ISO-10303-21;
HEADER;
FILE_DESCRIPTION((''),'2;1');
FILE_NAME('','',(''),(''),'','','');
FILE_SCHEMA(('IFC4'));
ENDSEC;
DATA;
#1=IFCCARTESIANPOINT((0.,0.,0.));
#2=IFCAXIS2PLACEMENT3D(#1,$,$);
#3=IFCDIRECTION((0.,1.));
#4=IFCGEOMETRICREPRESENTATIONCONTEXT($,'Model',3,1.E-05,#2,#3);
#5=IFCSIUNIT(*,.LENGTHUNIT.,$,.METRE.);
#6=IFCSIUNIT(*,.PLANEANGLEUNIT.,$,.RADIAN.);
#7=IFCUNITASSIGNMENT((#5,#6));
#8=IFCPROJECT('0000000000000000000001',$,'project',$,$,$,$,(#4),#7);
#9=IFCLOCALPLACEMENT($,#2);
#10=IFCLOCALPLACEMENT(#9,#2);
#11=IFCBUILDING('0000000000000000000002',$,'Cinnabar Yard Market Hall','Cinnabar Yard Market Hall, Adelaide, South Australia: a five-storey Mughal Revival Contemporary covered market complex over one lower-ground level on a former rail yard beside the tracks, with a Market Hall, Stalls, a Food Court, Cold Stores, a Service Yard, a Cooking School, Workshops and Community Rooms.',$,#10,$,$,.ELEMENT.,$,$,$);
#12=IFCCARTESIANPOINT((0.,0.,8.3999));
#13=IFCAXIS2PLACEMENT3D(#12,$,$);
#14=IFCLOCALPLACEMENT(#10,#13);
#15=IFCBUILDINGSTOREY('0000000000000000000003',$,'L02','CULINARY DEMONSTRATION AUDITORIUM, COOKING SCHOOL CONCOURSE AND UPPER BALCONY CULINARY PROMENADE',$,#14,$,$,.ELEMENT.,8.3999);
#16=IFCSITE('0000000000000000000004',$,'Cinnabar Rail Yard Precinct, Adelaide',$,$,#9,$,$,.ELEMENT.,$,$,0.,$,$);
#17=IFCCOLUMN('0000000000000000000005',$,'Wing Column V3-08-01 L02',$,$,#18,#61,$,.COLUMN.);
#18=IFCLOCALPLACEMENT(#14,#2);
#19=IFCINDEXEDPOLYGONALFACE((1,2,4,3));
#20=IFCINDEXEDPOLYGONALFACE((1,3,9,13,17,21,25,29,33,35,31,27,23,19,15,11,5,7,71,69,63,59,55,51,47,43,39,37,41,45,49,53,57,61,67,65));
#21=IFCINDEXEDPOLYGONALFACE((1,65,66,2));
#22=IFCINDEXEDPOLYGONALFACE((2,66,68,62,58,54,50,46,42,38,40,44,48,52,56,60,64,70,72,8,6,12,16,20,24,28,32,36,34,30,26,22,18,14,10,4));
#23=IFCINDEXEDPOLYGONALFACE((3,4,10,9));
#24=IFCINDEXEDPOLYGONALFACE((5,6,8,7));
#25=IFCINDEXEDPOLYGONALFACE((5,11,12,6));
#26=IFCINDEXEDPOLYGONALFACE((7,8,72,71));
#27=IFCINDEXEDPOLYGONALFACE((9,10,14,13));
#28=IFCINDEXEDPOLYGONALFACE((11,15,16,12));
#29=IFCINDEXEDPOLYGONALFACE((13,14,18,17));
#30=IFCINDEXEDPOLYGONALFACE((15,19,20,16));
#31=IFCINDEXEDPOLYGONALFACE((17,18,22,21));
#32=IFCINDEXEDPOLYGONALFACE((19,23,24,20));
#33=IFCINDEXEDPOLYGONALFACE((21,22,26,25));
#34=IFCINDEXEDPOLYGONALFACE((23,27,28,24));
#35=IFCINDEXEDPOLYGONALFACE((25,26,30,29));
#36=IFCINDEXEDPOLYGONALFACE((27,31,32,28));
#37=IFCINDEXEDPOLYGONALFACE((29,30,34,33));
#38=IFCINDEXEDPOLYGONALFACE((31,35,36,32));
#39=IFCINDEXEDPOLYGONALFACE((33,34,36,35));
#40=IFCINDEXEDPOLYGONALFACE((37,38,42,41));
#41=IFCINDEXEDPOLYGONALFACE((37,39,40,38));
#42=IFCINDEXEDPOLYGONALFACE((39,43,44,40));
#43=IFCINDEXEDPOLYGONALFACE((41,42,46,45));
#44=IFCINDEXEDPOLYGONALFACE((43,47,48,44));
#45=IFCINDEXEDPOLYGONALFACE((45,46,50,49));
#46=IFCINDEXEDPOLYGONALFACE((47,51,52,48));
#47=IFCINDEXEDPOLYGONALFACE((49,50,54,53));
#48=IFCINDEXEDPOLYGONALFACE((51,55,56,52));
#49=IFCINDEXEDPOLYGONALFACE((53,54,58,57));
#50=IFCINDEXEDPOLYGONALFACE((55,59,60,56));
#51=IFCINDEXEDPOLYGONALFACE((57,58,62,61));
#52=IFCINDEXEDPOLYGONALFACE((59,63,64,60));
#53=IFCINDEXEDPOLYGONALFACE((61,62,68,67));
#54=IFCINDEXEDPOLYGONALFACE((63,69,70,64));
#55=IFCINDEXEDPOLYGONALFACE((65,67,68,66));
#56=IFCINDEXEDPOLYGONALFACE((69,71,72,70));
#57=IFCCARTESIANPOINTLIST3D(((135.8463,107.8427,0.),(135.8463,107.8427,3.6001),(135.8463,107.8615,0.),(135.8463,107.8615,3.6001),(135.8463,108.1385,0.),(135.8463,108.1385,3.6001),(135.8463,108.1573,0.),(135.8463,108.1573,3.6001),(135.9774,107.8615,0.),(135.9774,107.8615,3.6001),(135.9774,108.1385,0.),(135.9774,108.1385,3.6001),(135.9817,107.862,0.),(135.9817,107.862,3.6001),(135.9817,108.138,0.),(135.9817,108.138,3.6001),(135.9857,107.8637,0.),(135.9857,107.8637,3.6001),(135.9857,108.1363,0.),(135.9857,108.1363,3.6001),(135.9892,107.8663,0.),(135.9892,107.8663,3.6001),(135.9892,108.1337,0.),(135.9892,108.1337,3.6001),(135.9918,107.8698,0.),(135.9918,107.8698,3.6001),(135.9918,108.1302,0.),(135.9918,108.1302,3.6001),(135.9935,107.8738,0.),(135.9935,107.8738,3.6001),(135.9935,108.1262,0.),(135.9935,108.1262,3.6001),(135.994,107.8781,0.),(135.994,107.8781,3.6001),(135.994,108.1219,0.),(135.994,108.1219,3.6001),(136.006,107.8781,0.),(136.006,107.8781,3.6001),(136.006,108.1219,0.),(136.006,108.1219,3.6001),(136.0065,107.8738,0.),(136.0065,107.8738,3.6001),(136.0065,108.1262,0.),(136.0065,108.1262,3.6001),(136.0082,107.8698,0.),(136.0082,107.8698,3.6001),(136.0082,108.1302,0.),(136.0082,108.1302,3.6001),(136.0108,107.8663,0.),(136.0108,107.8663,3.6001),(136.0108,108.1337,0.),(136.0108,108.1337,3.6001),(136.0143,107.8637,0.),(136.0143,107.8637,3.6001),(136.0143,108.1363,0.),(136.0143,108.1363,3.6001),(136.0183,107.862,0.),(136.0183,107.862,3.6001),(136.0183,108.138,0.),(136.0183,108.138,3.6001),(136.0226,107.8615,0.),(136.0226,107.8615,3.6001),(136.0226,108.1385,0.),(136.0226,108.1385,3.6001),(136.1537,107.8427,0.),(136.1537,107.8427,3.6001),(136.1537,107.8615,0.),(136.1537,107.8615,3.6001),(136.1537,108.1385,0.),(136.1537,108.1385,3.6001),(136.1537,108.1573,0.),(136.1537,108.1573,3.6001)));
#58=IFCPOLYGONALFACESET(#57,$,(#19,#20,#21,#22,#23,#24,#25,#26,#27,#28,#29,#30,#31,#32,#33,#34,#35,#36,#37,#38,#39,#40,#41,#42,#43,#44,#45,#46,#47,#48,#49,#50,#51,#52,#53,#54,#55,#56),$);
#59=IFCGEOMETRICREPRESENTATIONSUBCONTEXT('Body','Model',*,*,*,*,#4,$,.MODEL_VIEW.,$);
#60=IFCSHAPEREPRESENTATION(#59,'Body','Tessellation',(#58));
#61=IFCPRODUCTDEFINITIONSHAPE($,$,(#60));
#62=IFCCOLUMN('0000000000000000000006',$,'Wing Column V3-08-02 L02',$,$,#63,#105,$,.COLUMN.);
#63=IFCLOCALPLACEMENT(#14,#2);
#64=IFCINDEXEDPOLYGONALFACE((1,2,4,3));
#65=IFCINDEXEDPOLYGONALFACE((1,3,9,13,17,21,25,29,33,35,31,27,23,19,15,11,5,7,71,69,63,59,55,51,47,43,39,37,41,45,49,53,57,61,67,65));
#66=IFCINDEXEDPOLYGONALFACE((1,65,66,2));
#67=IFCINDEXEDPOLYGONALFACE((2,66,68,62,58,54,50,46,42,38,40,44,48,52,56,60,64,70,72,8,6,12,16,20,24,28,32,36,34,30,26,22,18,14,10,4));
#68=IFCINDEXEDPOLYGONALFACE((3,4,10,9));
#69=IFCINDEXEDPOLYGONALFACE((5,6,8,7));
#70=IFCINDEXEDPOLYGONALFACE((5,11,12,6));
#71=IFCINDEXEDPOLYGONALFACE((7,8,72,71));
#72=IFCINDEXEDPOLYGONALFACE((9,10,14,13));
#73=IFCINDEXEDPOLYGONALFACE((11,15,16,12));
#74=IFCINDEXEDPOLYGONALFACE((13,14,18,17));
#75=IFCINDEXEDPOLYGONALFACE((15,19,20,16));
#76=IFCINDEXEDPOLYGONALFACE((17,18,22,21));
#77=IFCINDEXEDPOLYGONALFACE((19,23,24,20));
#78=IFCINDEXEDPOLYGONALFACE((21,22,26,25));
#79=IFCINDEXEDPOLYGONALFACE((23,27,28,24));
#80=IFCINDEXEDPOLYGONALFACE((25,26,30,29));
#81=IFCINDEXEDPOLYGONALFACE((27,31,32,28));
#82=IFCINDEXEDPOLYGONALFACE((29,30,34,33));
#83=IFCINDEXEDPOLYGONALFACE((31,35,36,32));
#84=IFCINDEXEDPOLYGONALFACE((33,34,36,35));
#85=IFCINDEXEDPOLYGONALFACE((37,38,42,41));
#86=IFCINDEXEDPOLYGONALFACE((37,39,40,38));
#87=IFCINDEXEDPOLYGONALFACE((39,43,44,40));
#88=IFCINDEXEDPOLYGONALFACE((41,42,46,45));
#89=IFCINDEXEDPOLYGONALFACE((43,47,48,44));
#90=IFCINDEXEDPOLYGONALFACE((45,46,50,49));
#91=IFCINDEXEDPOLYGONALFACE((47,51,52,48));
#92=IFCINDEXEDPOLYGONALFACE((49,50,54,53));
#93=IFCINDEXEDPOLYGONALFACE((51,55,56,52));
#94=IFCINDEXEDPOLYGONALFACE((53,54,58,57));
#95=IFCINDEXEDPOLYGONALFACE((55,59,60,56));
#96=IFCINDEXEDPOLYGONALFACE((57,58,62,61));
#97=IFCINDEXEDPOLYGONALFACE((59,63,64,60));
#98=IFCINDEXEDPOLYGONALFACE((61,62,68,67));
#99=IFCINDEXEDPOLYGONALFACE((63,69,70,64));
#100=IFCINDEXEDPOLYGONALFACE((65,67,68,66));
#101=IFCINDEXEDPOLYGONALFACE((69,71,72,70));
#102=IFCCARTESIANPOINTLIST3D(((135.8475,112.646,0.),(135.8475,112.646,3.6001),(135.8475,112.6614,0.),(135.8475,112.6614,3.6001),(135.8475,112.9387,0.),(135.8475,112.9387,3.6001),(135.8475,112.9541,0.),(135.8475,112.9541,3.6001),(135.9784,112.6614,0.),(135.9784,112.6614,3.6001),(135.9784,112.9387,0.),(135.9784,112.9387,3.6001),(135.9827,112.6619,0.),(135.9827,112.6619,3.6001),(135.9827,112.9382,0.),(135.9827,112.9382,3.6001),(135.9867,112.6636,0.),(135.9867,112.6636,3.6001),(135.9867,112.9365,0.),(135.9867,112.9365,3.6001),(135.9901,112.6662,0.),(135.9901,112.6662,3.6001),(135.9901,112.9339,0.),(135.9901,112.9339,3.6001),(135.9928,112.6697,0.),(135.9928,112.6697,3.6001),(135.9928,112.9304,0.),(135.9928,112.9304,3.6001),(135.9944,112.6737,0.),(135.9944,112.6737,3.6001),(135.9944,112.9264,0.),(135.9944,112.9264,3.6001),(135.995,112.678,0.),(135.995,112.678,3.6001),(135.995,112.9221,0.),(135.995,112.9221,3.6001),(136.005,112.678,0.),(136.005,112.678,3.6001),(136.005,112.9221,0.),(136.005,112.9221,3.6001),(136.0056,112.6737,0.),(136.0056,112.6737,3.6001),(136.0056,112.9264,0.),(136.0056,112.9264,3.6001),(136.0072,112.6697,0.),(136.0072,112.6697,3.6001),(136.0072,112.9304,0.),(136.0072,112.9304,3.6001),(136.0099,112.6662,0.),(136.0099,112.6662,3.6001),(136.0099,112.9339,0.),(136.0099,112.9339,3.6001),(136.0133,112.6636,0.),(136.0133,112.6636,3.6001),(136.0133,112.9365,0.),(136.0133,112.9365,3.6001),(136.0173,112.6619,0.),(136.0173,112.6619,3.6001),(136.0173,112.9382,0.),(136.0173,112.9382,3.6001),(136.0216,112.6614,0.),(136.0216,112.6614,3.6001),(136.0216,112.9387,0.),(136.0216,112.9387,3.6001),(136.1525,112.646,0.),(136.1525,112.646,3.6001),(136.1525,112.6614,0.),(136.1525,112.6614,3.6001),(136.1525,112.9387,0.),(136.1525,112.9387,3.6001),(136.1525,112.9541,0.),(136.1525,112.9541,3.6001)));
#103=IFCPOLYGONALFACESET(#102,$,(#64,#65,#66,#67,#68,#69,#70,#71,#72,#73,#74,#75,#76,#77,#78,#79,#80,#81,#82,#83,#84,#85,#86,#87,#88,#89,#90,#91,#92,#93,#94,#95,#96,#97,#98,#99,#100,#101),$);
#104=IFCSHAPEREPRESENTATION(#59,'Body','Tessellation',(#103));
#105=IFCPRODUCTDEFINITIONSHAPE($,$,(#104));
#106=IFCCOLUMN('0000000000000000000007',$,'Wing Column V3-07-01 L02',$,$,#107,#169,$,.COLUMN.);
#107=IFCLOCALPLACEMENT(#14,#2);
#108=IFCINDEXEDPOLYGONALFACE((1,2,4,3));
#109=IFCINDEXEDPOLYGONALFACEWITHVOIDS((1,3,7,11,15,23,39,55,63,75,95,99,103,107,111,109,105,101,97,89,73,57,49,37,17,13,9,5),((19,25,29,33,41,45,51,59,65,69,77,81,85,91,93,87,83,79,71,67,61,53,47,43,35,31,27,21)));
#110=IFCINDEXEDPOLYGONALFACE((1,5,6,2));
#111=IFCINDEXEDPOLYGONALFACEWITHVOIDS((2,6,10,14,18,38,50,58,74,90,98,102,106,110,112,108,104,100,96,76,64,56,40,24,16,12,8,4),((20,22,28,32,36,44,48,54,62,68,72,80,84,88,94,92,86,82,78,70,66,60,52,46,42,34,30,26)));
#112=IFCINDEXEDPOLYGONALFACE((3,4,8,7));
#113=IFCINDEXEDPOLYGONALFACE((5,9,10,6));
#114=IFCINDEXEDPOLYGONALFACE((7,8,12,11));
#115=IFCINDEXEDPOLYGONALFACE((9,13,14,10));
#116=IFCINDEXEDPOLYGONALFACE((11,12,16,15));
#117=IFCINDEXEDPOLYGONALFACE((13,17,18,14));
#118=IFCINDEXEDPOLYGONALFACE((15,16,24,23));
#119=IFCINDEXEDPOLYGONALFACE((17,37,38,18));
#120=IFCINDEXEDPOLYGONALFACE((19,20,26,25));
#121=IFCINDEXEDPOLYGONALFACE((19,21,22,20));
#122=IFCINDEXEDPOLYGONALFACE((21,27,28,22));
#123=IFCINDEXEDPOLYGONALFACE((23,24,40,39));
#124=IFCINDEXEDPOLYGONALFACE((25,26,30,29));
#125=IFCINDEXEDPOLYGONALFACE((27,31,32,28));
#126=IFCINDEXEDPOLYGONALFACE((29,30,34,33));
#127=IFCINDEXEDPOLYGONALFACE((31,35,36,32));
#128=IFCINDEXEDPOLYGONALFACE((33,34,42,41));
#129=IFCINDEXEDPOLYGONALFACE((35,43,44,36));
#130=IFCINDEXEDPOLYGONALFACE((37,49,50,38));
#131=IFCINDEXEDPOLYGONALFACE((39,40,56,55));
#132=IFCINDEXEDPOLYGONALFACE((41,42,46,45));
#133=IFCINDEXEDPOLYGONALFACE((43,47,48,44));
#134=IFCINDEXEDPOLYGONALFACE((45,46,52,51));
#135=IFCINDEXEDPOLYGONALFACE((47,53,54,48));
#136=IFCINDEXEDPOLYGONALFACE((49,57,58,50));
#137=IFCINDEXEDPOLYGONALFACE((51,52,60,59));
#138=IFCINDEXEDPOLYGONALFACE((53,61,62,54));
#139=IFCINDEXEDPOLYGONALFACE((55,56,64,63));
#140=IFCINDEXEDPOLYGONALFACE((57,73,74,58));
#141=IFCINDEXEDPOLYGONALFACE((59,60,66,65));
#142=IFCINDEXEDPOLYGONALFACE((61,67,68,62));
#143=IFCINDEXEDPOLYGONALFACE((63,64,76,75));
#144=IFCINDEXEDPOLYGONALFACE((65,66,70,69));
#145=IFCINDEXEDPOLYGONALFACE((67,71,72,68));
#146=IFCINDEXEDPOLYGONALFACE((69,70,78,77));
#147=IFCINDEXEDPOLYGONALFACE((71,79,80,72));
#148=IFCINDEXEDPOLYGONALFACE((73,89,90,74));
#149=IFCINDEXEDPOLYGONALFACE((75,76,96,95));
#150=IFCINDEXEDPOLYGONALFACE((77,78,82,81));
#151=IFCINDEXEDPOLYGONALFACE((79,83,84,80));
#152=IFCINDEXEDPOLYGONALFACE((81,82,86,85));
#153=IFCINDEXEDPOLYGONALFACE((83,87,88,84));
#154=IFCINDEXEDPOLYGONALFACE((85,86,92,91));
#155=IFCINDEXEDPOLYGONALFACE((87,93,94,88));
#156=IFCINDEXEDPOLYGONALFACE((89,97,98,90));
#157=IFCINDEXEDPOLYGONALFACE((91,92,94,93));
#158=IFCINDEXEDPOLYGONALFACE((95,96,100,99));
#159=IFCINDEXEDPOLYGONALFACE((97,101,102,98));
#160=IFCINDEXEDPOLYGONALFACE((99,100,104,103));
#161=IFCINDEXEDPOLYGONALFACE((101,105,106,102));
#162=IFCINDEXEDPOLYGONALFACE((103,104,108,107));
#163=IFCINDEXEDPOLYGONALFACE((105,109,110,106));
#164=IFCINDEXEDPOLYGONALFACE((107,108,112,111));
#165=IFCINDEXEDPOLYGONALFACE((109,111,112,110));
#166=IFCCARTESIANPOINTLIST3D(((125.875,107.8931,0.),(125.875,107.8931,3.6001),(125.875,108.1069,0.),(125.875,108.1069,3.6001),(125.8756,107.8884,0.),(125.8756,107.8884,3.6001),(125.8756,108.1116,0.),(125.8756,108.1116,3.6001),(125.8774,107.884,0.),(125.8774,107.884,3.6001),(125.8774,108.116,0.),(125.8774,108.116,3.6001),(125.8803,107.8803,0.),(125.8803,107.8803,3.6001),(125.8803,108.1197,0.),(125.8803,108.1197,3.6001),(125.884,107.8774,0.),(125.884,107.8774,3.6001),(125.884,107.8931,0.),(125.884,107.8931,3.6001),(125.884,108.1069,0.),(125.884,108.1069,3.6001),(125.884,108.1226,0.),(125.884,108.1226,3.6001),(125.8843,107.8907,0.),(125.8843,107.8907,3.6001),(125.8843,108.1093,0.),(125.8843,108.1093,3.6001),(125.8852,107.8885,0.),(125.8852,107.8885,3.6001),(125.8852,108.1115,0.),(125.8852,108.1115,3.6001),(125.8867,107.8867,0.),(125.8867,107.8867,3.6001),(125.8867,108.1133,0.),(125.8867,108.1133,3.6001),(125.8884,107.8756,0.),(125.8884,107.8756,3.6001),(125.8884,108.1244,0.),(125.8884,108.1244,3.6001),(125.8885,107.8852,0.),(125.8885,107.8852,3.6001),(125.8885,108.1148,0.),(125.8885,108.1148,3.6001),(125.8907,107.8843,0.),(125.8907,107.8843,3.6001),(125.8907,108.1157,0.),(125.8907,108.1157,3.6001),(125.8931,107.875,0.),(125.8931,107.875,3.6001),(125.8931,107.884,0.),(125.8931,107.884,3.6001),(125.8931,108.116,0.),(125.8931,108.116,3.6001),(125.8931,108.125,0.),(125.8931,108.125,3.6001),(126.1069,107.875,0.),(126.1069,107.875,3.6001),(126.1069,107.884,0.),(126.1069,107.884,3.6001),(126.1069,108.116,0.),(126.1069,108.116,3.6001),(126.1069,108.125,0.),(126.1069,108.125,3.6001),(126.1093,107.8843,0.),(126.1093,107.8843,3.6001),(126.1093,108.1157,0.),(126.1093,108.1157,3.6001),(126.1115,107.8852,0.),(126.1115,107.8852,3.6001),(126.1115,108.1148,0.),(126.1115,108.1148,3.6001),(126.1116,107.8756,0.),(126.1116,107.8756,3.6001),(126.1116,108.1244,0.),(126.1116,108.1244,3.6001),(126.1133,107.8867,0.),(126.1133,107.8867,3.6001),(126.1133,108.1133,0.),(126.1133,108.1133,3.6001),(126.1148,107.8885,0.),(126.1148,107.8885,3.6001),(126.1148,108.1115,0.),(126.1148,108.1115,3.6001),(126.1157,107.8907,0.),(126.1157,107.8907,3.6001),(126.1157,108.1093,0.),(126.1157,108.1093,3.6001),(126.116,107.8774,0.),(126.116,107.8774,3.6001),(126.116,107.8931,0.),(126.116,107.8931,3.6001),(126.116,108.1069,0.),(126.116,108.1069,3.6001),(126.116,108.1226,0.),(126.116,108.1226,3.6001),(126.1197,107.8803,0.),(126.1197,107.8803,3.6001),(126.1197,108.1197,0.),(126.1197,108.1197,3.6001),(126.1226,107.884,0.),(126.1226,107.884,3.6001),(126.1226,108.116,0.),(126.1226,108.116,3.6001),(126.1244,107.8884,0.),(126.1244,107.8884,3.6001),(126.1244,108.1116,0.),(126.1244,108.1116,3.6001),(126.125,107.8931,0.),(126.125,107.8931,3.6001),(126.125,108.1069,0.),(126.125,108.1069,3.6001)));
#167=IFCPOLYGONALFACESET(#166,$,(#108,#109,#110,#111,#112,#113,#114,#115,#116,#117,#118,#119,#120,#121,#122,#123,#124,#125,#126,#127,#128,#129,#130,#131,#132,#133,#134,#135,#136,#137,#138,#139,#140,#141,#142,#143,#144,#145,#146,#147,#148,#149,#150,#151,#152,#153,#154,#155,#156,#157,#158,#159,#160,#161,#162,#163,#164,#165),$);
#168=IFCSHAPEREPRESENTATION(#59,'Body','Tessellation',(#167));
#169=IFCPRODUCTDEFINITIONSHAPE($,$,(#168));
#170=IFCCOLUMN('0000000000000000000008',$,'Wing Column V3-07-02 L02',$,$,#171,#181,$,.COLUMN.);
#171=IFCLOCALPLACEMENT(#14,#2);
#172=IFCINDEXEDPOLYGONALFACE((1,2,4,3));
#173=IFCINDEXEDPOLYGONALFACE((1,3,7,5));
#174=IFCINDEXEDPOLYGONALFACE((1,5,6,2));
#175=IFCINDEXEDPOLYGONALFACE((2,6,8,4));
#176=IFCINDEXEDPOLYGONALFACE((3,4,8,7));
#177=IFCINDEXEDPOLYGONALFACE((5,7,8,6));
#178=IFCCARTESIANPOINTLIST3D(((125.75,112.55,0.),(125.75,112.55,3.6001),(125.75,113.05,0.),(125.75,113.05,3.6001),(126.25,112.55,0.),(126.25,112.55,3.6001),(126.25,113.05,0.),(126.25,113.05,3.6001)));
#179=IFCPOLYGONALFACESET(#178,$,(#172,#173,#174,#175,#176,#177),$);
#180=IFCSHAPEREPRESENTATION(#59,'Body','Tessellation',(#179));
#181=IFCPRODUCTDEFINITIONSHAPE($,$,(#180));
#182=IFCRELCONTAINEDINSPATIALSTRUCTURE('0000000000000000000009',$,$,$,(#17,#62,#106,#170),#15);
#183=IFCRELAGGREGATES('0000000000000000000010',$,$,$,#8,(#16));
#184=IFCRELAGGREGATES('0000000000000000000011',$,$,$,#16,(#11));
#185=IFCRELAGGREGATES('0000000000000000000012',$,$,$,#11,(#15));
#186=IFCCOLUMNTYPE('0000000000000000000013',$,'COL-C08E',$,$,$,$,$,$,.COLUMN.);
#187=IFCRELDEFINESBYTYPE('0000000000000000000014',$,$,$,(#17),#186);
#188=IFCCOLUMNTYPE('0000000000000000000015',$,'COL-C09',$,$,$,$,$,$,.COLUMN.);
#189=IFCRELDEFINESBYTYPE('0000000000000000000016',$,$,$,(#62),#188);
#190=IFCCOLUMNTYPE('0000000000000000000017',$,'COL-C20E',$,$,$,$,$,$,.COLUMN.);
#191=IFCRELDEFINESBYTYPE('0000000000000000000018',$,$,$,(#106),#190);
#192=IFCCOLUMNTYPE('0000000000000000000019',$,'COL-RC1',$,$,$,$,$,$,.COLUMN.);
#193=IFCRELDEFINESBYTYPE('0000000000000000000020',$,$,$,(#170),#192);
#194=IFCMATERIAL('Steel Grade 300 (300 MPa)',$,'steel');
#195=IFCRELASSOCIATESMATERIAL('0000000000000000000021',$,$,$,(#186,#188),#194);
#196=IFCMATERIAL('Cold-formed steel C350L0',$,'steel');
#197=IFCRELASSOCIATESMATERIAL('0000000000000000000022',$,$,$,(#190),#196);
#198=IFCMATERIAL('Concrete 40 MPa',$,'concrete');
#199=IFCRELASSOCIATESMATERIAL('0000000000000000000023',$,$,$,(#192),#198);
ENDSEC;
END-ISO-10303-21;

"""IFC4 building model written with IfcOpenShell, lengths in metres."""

from ifc_helpers import new_model, si_unit, direction, frame, origin, origin_2d_with_axis, place, context, subcontext, project, spatial, rectangle, hollow_rectangle, i_section, extrude, material, material_profile, profile_set, type_object, element, save


model = new_model("IFC4")

# Units and contexts
model_context = context("Model", 3, precision=1e-05, world=origin(), true_north=direction((0.0, 1.0)))
body_context = subcontext(model_context, "Body", "Model", "MODEL_VIEW")
ifc_project = project(units=[si_unit("LENGTHUNIT", "METRE"), si_unit("PLANEANGLEUNIT", "RADIAN")], contexts=[model_context])

# Site, building, storey
site_placement = place(None, origin())
site = spatial("IfcSite", under=ifc_project, at=site_placement, Name="Cinnabar Rail Yard Precinct, Adelaide", CompositionType="ELEMENT", RefElevation=0.0)
building_placement = place(site_placement, origin())
building = spatial("IfcBuilding", under=site, at=building_placement, Name="Cinnabar Yard Market Hall", Description="Cinnabar Yard Market Hall, Adelaide, South Australia: a five-storey Mughal Revival Contemporary covered market complex over one lower-ground level on a former rail yard beside the tracks, with a Market Hall, Stalls, a Food Court, Cold Stores, a Service Yard, a Cooking School, Workshops and Community Rooms.", CompositionType="ELEMENT")
storey_placement = place(building_placement, frame((0.0, 0.0, 8.3999)))
storey = spatial("IfcBuildingStorey", under=building, at=storey_placement, Name="L02", Description="CULINARY DEMONSTRATION AUDITORIUM, COOKING SCHOOL CONCOURSE AND UPPER BALCONY CULINARY PROMENADE", CompositionType="ELEMENT", Elevation=8.3999)

# Columns
ifc_material_1 = material(Name="Steel Grade 300 (300 MPa)", Category="steel")
ifc_material_profile_1 = material_profile(ifc_material_1, i_section(OverallWidth=0.3074, OverallDepth=0.3147, WebThickness=0.012, FlangeThickness=0.0188, FilletRadius=0.0166, at=origin_2d_with_axis()), Name="310UC118")
ifc_profile_set_1 = profile_set([ifc_material_profile_1], Name="Steel Grade 300 (300 MPa)")
column_type_1 = type_object("IfcColumnType", Name="COL-C08E", PredefinedType="COLUMN", material=ifc_profile_set_1)
column_1_placement = place(storey_placement, frame((136.0, 108.0, 0.0), z_axis=(0.0, 0.0, 1.0), x_axis=(1.0, 0.0, 0.0)))
element("IfcColumn", 1, at=column_1_placement, inside=storey, type_object=column_type_1, Name="Wing Column V3-08-01 L02", PredefinedType="COLUMN", context=body_context, shape_type="SweptSolid", body=[
    extrude(i_section(OverallWidth=0.3074, OverallDepth=0.3147, WebThickness=0.012, FlangeThickness=0.0188, FilletRadius=0.0166, at=origin_2d_with_axis()), origin(), (0.0, 0.0, 1.0), 3.6001),
])
ifc_material_profile_2 = material_profile(ifc_material_1, i_section(OverallWidth=0.3049, OverallDepth=0.3081, WebThickness=0.01, FlangeThickness=0.0154, FilletRadius=0.0166, at=origin_2d_with_axis()), Name="310UC96.8")
ifc_profile_set_2 = profile_set([ifc_material_profile_2], Name="Steel Grade 300 (300 MPa)")
column_type_2 = type_object("IfcColumnType", Name="COL-C09", PredefinedType="COLUMN", material=ifc_profile_set_2)
column_2_placement = place(storey_placement, frame((136.0, 112.8, 0.0), z_axis=(0.0, 0.0, 1.0), x_axis=(1.0, 0.0, 0.0)))
element("IfcColumn", 2, at=column_2_placement, inside=storey, type_object=column_type_2, Name="Wing Column V3-08-02 L02", PredefinedType="COLUMN", context=body_context, shape_type="SweptSolid", body=[
    extrude(i_section(OverallWidth=0.3049, OverallDepth=0.3081, WebThickness=0.01, FlangeThickness=0.0154, FilletRadius=0.0166, at=origin_2d_with_axis()), origin(), (0.0, 0.0, 1.0), 3.6001),
])
ifc_material_2 = material(Name="Cold-formed steel C350L0", Category="steel")
ifc_material_profile_3 = material_profile(ifc_material_2, hollow_rectangle(XDim=0.25, YDim=0.25, WallThickness=0.009, InnerFilletRadius=0.009, OuterFilletRadius=0.0181, at=origin_2d_with_axis()), Name="250x250x9.0SHS")
ifc_profile_set_3 = profile_set([ifc_material_profile_3], Name="Cold-formed steel C350L0")
column_type_3 = type_object("IfcColumnType", Name="COL-C20E", PredefinedType="COLUMN", material=ifc_profile_set_3)
column_3_placement = place(storey_placement, frame((126.0, 108.0, 0.0), z_axis=(0.0, 0.0, 1.0), x_axis=(1.0, 0.0, 0.0)))
element("IfcColumn", 3, at=column_3_placement, inside=storey, type_object=column_type_3, Name="Wing Column V3-07-01 L02", PredefinedType="COLUMN", context=body_context, shape_type="SweptSolid", body=[
    extrude(hollow_rectangle(XDim=0.25, YDim=0.25, WallThickness=0.009, InnerFilletRadius=0.009, OuterFilletRadius=0.0181, at=origin_2d_with_axis()), origin(), (0.0, 0.0, 1.0), 3.6001),
])
ifc_material_3 = material(Name="Concrete 40 MPa", Category="concrete")
ifc_material_profile_4 = material_profile(ifc_material_3, rectangle(XDim=0.5, YDim=0.5, at=origin_2d_with_axis()), Name="RC-500x500")
ifc_profile_set_4 = profile_set([ifc_material_profile_4], Name="Concrete 40 MPa")
column_type_4 = type_object("IfcColumnType", Name="COL-RC1", PredefinedType="COLUMN", material=ifc_profile_set_4)
column_4_placement = place(storey_placement, frame((126.0, 112.8, 0.0), z_axis=(0.0, 0.0, 1.0), x_axis=(1.0, 0.0, 0.0)))
element("IfcColumn", 4, at=column_4_placement, inside=storey, type_object=column_type_4, Name="Wing Column V3-07-02 L02", PredefinedType="COLUMN", context=body_context, shape_type="SweptSolid", body=[
    extrude(rectangle(XDim=0.5, YDim=0.5, at=origin_2d_with_axis()), origin(), (0.0, 0.0, 1.0), 3.6001),
])

save(model, "model.ifc")
